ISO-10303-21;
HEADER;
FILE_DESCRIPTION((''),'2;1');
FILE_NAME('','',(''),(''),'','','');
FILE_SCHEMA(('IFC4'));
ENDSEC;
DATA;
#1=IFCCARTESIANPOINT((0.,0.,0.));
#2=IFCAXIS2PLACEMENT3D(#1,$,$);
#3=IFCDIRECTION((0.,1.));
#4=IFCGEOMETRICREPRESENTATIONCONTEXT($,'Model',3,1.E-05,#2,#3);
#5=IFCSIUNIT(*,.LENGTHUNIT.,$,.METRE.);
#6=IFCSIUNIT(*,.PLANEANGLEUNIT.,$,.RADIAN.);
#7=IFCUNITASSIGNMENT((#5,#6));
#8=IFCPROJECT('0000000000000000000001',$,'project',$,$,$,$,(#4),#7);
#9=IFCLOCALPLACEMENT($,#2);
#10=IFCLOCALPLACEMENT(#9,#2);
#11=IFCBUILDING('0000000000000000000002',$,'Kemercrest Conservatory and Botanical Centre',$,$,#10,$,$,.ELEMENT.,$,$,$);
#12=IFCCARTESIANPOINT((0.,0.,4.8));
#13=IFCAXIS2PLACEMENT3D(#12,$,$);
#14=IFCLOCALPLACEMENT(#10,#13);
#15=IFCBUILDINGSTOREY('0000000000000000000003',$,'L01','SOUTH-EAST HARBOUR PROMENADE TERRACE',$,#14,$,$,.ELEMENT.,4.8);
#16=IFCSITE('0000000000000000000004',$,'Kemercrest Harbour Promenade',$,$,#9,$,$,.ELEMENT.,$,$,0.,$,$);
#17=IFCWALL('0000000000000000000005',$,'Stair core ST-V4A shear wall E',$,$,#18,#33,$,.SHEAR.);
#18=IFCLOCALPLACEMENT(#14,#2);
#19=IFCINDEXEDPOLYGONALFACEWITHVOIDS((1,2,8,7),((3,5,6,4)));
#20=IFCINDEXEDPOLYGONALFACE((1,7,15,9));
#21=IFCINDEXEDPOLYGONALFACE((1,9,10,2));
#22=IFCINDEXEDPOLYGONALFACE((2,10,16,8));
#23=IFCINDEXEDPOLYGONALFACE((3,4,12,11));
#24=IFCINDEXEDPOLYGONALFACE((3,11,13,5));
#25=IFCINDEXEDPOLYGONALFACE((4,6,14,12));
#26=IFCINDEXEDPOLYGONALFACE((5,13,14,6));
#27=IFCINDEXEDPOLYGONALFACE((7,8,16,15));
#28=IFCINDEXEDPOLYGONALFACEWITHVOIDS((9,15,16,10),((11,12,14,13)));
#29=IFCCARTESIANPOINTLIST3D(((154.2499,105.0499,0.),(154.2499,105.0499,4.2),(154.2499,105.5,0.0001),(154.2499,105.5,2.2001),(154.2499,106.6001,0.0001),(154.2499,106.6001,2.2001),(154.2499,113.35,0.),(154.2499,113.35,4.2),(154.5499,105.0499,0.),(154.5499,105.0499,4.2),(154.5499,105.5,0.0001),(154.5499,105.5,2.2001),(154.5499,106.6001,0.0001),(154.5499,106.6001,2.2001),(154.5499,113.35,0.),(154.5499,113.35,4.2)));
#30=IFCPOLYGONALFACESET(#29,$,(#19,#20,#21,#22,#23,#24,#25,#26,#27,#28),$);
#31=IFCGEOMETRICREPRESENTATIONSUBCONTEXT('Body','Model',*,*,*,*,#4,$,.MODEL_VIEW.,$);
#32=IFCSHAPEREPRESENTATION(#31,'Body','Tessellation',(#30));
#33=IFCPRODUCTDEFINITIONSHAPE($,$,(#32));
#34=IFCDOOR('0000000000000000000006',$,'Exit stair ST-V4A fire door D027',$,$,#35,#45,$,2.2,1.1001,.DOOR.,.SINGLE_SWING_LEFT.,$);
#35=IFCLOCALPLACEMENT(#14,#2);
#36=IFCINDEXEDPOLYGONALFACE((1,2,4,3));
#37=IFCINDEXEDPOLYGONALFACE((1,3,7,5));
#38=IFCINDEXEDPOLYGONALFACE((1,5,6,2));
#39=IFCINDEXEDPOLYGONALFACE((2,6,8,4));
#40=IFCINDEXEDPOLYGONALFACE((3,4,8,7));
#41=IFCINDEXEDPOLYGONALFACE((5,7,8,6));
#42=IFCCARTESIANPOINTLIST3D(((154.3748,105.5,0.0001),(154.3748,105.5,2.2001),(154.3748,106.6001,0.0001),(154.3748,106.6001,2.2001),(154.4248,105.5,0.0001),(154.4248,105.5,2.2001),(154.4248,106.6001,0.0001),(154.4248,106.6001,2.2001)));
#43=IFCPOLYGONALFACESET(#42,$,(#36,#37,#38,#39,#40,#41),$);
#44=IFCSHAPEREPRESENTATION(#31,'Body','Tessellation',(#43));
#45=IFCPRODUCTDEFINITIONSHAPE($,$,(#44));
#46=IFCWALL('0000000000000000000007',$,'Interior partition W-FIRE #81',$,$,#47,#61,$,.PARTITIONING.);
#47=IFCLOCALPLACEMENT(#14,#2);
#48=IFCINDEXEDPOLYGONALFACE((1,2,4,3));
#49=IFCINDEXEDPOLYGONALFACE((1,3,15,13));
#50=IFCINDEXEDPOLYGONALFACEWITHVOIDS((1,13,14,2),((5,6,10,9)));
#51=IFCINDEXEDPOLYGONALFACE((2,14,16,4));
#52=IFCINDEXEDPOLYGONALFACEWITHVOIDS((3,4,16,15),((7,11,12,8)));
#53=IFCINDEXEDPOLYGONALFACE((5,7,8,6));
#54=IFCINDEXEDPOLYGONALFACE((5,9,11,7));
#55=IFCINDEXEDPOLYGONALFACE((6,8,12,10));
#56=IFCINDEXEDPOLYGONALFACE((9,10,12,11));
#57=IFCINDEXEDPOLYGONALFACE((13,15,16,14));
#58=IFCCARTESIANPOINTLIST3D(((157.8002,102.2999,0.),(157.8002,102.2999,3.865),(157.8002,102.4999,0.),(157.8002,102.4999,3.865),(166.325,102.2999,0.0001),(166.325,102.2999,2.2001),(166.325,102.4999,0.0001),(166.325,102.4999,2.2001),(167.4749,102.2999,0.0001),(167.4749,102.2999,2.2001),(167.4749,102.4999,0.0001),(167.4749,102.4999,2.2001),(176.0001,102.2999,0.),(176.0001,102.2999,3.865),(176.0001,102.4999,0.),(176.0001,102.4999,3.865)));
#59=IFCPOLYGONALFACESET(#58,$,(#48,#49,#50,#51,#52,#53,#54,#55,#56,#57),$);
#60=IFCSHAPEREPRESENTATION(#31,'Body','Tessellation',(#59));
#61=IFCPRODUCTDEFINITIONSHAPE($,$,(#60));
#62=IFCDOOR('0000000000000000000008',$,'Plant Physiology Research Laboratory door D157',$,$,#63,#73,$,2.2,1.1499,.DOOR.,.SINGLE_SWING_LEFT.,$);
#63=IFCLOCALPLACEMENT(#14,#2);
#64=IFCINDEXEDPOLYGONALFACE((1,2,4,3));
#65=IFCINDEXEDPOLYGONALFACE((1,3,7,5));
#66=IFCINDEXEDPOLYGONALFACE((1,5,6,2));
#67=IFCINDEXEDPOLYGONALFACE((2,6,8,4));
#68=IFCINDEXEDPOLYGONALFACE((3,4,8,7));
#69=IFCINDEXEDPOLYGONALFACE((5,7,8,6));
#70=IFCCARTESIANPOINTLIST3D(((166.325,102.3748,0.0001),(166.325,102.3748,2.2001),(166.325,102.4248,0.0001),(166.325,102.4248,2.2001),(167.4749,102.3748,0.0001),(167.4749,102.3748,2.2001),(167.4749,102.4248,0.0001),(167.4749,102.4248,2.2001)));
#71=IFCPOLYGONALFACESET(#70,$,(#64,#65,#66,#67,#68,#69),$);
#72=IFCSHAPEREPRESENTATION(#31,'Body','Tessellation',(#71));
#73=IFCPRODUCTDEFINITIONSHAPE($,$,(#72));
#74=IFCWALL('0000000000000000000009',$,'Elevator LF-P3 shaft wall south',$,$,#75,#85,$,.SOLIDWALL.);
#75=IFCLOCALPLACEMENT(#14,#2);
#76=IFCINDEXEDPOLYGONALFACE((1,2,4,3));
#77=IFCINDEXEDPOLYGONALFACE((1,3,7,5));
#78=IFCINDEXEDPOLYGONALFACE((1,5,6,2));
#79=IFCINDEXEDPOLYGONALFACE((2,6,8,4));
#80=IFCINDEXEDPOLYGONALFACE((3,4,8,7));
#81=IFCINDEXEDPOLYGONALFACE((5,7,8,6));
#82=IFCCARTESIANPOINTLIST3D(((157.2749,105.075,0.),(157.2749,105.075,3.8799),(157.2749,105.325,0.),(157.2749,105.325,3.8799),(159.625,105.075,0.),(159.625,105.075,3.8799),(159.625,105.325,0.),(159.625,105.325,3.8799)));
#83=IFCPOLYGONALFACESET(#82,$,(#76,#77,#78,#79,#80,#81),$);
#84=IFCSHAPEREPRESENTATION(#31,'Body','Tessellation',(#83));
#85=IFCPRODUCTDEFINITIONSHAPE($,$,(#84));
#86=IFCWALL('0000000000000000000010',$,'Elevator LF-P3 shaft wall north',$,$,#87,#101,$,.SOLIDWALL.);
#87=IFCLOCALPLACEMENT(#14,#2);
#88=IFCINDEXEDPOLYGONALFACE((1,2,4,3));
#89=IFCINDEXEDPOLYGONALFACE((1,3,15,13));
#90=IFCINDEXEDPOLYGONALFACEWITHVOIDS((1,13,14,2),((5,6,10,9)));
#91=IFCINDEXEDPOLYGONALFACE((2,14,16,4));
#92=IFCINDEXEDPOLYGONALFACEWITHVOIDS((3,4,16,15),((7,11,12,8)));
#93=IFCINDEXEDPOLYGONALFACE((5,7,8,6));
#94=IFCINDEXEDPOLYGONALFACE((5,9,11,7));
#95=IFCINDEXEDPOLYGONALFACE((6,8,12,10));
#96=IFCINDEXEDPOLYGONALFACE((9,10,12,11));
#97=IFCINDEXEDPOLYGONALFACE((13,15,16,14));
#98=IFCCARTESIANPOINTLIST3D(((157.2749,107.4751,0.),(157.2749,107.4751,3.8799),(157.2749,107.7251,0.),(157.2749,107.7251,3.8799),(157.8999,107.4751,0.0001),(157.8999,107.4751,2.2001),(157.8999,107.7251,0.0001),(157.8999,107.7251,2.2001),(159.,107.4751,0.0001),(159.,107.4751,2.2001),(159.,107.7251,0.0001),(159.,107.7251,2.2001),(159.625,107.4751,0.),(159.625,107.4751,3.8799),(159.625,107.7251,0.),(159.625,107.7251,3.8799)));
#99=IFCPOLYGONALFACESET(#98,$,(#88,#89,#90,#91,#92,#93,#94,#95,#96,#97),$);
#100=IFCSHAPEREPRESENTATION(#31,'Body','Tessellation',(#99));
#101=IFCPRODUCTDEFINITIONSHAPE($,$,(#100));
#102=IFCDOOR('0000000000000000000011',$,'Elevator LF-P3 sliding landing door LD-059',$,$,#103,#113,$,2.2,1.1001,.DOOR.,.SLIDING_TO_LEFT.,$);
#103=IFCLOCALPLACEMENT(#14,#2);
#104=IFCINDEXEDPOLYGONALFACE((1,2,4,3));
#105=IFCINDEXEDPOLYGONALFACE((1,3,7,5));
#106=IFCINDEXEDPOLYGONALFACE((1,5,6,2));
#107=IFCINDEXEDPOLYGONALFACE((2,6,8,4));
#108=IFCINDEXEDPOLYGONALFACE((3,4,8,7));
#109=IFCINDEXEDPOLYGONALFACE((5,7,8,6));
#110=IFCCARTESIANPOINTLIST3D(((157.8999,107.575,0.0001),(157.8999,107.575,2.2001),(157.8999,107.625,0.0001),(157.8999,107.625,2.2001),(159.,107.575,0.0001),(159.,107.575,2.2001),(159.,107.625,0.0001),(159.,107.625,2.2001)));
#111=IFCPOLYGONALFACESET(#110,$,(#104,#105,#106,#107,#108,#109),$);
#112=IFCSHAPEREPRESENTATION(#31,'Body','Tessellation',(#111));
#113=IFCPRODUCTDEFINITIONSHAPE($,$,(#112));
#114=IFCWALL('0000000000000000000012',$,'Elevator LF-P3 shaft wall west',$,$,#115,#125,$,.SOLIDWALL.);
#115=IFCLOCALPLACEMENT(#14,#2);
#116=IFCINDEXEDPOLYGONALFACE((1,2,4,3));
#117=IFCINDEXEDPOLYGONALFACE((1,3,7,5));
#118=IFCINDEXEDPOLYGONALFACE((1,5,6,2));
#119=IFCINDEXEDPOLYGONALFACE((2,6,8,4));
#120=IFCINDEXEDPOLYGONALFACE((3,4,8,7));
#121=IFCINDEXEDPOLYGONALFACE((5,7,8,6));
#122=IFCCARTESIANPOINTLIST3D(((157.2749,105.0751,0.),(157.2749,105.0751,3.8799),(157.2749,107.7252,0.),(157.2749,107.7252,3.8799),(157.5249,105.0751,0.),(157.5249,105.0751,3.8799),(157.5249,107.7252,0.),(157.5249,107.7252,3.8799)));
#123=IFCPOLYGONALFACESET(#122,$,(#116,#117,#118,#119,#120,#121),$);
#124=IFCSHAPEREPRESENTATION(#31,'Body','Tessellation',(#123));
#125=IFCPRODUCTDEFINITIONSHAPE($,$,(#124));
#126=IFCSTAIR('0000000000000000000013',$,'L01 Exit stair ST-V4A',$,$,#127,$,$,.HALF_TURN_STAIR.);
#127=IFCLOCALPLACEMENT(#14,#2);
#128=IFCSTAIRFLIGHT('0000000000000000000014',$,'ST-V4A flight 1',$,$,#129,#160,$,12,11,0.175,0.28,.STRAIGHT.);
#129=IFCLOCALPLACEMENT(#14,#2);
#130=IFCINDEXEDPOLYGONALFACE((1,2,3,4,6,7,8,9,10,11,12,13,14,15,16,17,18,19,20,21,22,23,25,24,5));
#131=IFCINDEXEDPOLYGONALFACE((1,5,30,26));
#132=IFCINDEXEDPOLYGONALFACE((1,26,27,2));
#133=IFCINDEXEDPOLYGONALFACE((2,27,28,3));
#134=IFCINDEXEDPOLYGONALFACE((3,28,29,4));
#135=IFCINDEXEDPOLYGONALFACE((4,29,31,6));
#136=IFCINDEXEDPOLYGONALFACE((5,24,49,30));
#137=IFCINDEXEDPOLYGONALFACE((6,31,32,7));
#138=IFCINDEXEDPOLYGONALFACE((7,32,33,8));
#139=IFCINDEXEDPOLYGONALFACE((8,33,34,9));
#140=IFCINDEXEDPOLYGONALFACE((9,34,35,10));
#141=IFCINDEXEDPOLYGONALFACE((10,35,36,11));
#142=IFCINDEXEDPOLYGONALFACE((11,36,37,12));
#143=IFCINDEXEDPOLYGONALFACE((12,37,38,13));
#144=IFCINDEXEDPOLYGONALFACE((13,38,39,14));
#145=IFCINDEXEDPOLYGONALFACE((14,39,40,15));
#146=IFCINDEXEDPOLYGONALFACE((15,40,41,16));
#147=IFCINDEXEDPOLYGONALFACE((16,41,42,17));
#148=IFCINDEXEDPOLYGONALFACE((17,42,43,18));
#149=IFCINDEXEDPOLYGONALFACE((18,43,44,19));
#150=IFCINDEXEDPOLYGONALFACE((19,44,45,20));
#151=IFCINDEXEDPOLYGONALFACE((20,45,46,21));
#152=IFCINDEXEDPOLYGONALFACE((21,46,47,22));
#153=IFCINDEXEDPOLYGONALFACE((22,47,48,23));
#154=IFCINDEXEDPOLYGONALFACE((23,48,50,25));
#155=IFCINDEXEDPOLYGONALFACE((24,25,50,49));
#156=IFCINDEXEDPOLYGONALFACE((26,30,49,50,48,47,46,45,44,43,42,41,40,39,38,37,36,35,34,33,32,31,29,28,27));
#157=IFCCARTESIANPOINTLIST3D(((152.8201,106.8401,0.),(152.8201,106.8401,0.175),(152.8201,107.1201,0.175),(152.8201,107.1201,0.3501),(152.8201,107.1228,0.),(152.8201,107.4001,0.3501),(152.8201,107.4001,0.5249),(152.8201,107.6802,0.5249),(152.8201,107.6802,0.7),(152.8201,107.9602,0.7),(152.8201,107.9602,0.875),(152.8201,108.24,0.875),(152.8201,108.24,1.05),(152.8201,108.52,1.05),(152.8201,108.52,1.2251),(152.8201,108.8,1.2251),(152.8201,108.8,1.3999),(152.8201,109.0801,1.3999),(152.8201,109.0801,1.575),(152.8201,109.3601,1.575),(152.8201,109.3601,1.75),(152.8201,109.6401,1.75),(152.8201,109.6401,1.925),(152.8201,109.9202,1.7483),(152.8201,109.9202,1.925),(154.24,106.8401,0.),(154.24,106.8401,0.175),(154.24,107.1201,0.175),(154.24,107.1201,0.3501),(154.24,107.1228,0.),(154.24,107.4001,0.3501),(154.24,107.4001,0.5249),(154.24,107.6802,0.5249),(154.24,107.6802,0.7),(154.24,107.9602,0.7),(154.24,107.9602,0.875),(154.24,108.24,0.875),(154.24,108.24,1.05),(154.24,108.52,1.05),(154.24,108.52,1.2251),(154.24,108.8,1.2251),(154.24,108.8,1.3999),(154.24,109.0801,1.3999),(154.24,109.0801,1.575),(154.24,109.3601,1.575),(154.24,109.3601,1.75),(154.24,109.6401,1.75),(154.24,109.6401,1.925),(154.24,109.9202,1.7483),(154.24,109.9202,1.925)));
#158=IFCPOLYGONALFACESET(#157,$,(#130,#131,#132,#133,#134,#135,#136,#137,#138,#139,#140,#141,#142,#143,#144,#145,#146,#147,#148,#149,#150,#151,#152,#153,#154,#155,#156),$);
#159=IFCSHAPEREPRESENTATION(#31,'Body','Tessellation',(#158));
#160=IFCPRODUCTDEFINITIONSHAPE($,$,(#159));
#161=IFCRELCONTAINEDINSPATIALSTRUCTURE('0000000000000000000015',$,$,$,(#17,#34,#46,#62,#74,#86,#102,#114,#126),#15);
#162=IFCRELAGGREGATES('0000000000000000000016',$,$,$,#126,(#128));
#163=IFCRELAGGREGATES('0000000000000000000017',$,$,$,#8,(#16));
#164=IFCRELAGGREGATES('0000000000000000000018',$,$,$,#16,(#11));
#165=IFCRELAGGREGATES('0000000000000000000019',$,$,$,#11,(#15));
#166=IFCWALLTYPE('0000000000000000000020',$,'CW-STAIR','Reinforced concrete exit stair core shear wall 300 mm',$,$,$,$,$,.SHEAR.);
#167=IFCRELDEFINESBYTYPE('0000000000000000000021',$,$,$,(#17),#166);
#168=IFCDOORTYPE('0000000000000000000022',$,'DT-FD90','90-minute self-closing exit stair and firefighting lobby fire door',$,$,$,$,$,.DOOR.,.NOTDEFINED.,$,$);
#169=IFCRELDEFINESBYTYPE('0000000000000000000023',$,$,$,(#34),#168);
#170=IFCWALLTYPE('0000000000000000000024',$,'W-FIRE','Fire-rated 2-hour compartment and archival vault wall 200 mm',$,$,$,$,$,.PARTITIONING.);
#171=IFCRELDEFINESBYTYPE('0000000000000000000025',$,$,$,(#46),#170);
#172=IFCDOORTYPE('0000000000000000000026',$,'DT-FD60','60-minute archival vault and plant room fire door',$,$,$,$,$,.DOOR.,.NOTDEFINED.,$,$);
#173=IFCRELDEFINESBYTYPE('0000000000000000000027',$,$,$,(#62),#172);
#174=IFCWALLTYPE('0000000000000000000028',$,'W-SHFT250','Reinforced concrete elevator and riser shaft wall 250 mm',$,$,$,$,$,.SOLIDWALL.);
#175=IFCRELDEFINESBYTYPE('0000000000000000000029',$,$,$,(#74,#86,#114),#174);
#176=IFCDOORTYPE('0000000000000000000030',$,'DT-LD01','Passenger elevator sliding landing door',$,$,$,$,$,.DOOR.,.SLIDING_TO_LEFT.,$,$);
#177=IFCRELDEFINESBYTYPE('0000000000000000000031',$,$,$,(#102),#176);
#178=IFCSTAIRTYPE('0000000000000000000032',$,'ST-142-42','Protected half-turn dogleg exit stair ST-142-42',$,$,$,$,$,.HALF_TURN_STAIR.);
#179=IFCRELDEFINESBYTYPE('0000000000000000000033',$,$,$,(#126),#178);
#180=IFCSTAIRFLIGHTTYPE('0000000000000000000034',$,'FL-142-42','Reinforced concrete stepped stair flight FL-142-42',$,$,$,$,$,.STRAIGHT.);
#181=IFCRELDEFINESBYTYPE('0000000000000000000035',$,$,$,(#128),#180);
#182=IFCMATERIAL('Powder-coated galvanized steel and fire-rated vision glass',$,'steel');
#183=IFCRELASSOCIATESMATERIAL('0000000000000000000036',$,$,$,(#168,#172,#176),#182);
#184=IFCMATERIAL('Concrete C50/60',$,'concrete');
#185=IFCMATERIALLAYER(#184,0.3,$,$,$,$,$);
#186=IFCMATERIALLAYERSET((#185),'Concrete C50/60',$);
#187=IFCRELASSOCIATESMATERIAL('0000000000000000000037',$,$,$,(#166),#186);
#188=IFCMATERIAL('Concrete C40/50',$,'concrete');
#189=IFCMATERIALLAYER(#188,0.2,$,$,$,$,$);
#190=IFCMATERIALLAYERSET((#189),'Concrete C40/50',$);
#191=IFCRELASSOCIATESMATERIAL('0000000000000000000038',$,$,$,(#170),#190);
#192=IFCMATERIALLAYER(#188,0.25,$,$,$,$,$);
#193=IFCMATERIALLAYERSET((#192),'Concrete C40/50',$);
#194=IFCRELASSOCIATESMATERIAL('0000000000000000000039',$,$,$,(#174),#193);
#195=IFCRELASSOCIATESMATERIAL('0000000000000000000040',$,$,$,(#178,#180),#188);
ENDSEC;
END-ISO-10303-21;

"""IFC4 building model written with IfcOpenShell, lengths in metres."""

from ifc_helpers import new_model, si_unit, direction, frame, frame_2d, origin, place, context, subcontext, project, spatial, polyline, rectangle, outline, extrude, material, layer, layer_set, type_object, element, fill, aggregate, save


model = new_model("IFC4")

# Units and contexts
model_context = context("Model", 3, precision=1e-05, world=origin(), true_north=direction((0.0, 1.0)))
body_context = subcontext(model_context, "Body", "Model", "MODEL_VIEW")
ifc_project = project(units=[si_unit("LENGTHUNIT", "METRE"), si_unit("PLANEANGLEUNIT", "RADIAN")], contexts=[model_context])

# Site, building, storey
site_placement = place(None, origin())
site = spatial("IfcSite", under=ifc_project, at=site_placement, Name="Kemercrest Harbour Promenade", CompositionType="ELEMENT", RefElevation=0.0)
building_placement = place(site_placement, origin())
building = spatial("IfcBuilding", under=site, at=building_placement, Name="Kemercrest Conservatory and Botanical Centre", CompositionType="ELEMENT")
storey_placement = place(building_placement, frame((0.0, 0.0, 4.8)))
storey = spatial("IfcBuildingStorey", under=building, at=storey_placement, Name="L01", Description="SOUTH-EAST HARBOUR PROMENADE TERRACE", CompositionType="ELEMENT", Elevation=4.8)

# Shared definitions
ifc_material_1 = material(Name="Concrete C50/60", Category="concrete")

# Shared definitions
ifc_material_2 = material(Name="Concrete C40/50", Category="concrete")

# Shared definitions
ifc_material_3 = material(Name="Powder-coated galvanized steel and fire-rated vision glass", Category="steel")
door_type_1 = type_object("IfcDoorType", Name="DT-FD90", Description="90-minute self-closing exit stair and firefighting lobby fire door", OperationType="NOTDEFINED", PredefinedType="DOOR", material=ifc_material_3)

# Shared definitions
ifc_layer_1 = layer(ifc_material_1, 0.3)
ifc_layer_set_1 = layer_set([ifc_layer_1], Name="Concrete C50/60")
wall_type_1 = type_object("IfcWallType", Name="CW-STAIR", Description="Reinforced concrete exit stair core shear wall 300 mm", PredefinedType="SHEAR", material=ifc_layer_set_1)

# Walls, openings, doors
wall_1_placement = place(storey_placement, frame((154.3999, 105.05, 0.0), z_axis=(0.0, 0.0, 1.0), x_axis=(0.0, 1.0, 0.0)))
wall_1 = element("IfcWall", 1, at=wall_1_placement, inside=storey, type_object=wall_type_1, Name="Stair core ST-V4A shear wall E", PredefinedType="SHEAR", context=body_context, shape_type="SweptSolid", body=[
    extrude(rectangle(XDim=8.3, YDim=0.3, at=frame_2d((4.1499, 0.0))), origin(), (0.0, 0.0, 1.0), 4.2),
])
opening_1_placement = place(wall_1_placement, frame((0.45, 0.0, 0.0)))
opening_1 = element("IfcOpeningElement", 2, at=opening_1_placement, cuts=wall_1, PredefinedType="OPENING", context=body_context, shape_type="SweptSolid", body=[
    extrude(rectangle(XDim=1.1001, YDim=2.2, at=frame_2d((0.55, 1.1001))), frame((0.0, 0.1602, 0.0), z_axis=(0.0, -1.0, 0.0), x_axis=(1.0, 0.0, 0.0)), (0.0, 0.0, 1.0), 0.3201),
])
door_1_placement = place(opening_1_placement, frame((1.1001, 0.0, 0.0), z_axis=(0.0, 0.0, 1.0), x_axis=(-1.0, 0.0, 0.0)))
door_1 = element("IfcDoor", 3, at=door_1_placement, inside=storey, type_object=door_type_1, Name="Exit stair ST-V4A fire door D027", OperationType="SINGLE_SWING_LEFT", OverallHeight=2.2, OverallWidth=1.1001, PredefinedType="DOOR", context=body_context, shape_type="SweptSolid", body=[
    extrude(rectangle(XDim=1.1001, YDim=2.2, at=frame_2d((0.55, 1.1001))), frame((0.0, 0.0249, 0.0), z_axis=(0.0, -1.0, 0.0), x_axis=(1.0, 0.0, 0.0)), (0.0, 0.0, 1.0), 0.05),
])
fill(opening_1, door_1)
ifc_layer_2 = layer(ifc_material_2, 0.2)
ifc_layer_set_2 = layer_set([ifc_layer_2], Name="Concrete C40/50")
wall_type_2 = type_object("IfcWallType", Name="W-FIRE", Description="Fire-rated 2-hour compartment and archival vault wall 200 mm", PredefinedType="PARTITIONING", material=ifc_layer_set_2)
wall_2_placement = place(storey_placement, frame((157.8, 102.3999, 0.0), z_axis=(0.0, 0.0, 1.0), x_axis=(1.0, 0.0, 0.0)))
wall_2 = element("IfcWall", 4, at=wall_2_placement, inside=storey, type_object=wall_type_2, Name="Interior partition W-FIRE #81", PredefinedType="PARTITIONING", context=body_context, shape_type="SweptSolid", body=[
    extrude(rectangle(XDim=18.2, YDim=0.2, at=frame_2d((9.1001, 0.0))), origin(), (0.0, 0.0, 1.0), 3.865),
])
opening_2_placement = place(wall_2_placement, frame((8.5249, 0.0, 0.0)))
opening_2 = element("IfcOpeningElement", 5, at=opening_2_placement, cuts=wall_2, PredefinedType="OPENING", context=body_context, shape_type="SweptSolid", body=[
    extrude(rectangle(XDim=1.1499, YDim=2.2, at=frame_2d((0.575, 1.1001))), frame((0.0, 0.1099, 0.0), z_axis=(0.0, -1.0, 0.0), x_axis=(1.0, 0.0, 0.0)), (0.0, 0.0, 1.0), 0.22),
])
door_type_2 = type_object("IfcDoorType", Name="DT-FD60", Description="60-minute archival vault and plant room fire door", OperationType="NOTDEFINED", PredefinedType="DOOR", material=ifc_material_3)
door_2_placement = place(opening_2_placement, origin())
door_2 = element("IfcDoor", 6, at=door_2_placement, inside=storey, type_object=door_type_2, Name="Plant Physiology Research Laboratory door D157", OperationType="SINGLE_SWING_LEFT", OverallHeight=2.2, OverallWidth=1.1499, PredefinedType="DOOR", context=body_context, shape_type="SweptSolid", body=[
    extrude(rectangle(XDim=1.1499, YDim=2.2, at=frame_2d((0.575, 1.1001))), frame((0.0, 0.0249, 0.0), z_axis=(0.0, -1.0, 0.0), x_axis=(1.0, 0.0, 0.0)), (0.0, 0.0, 1.0), 0.05),
])
fill(opening_2, door_2)

# Wall
ifc_layer_3 = layer(ifc_material_2, 0.25)
ifc_layer_set_3 = layer_set([ifc_layer_3], Name="Concrete C40/50")
wall_type_3 = type_object("IfcWallType", Name="W-SHFT250", Description="Reinforced concrete elevator and riser shaft wall 250 mm", PredefinedType="SOLIDWALL", material=ifc_layer_set_3)
wall_3_placement = place(storey_placement, frame((157.2749, 105.2, 0.0), z_axis=(0.0, 0.0, 1.0), x_axis=(1.0, 0.0, 0.0)))
element("IfcWall", 7, at=wall_3_placement, inside=storey, type_object=wall_type_3, Name="Elevator LF-P3 shaft wall south", PredefinedType="SOLIDWALL", context=body_context, shape_type="SweptSolid", body=[
    extrude(rectangle(XDim=2.3501, YDim=0.25, at=frame_2d((1.175, 0.0))), origin(), (0.0, 0.0, 1.0), 3.8799),
])

# Wall, opening, door
wall_4_placement = place(storey_placement, frame((157.2749, 107.6001, 0.0), z_axis=(0.0, 0.0, 1.0), x_axis=(1.0, 0.0, 0.0)))
wall_4 = element("IfcWall", 8, at=wall_4_placement, inside=storey, type_object=wall_type_3, Name="Elevator LF-P3 shaft wall north", PredefinedType="SOLIDWALL", context=body_context, shape_type="SweptSolid", body=[
    extrude(rectangle(XDim=2.3501, YDim=0.25, at=frame_2d((1.175, 0.0))), origin(), (0.0, 0.0, 1.0), 3.8799),
])
opening_3_placement = place(wall_4_placement, frame((0.625, 0.0, 0.0)))
opening_3 = element("IfcOpeningElement", 9, at=opening_3_placement, cuts=wall_4, PredefinedType="OPENING", context=body_context, shape_type="SweptSolid", body=[
    extrude(rectangle(XDim=1.1001, YDim=2.2, at=frame_2d((0.55, 1.1001))), frame((0.0, 0.135, 0.0), z_axis=(0.0, -1.0, 0.0), x_axis=(1.0, 0.0, 0.0)), (0.0, 0.0, 1.0), 0.27),
])
door_type_3 = type_object("IfcDoorType", Name="DT-LD01", Description="Passenger elevator sliding landing door", OperationType="SLIDING_TO_LEFT", PredefinedType="DOOR", material=ifc_material_3)
door_3_placement = place(opening_3_placement, origin())
door_3 = element("IfcDoor", 10, at=door_3_placement, inside=storey, type_object=door_type_3, Name="Elevator LF-P3 sliding landing door LD-059", OperationType="SLIDING_TO_LEFT", OverallHeight=2.2, OverallWidth=1.1001, PredefinedType="DOOR", context=body_context, shape_type="SweptSolid", body=[
    extrude(rectangle(XDim=1.1001, YDim=2.2, at=frame_2d((0.55, 1.1001))), frame((0.0, 0.0249, 0.0), z_axis=(0.0, -1.0, 0.0), x_axis=(1.0, 0.0, 0.0)), (0.0, 0.0, 1.0), 0.05),
])
fill(opening_3, door_3)

# Wall
wall_5_placement = place(storey_placement, frame((157.3999, 105.075, 0.0), z_axis=(0.0, 0.0, 1.0), x_axis=(0.0, 1.0, 0.0)))
element("IfcWall", 11, at=wall_5_placement, inside=storey, type_object=wall_type_3, Name="Elevator LF-P3 shaft wall west", PredefinedType="SOLIDWALL", context=body_context, shape_type="SweptSolid", body=[
    extrude(rectangle(XDim=2.6501, YDim=0.25, at=frame_2d((1.3252, 0.0))), origin(), (0.0, 0.0, 1.0), 3.8799),
])

# Stair, stair flight
stair_type = type_object("IfcStairType", Name="ST-142-42", Description="Protected half-turn dogleg exit stair ST-142-42", PredefinedType="HALF_TURN_STAIR", material=ifc_material_2)
stair_placement = place(storey_placement, origin())
stair = element("IfcStair", 12, at=stair_placement, inside=storey, type_object=stair_type, Name="L01 Exit stair ST-V4A", PredefinedType="HALF_TURN_STAIR")
stair_flight_type = type_object("IfcStairFlightType", Name="FL-142-42", Description="Reinforced concrete stepped stair flight FL-142-42", PredefinedType="STRAIGHT", material=ifc_material_2)
stair_flight_placement = place(storey_placement, frame((153.53, 106.8401, 0.0), z_axis=(0.0, 0.0, 1.0), x_axis=(0.0, 1.0, 0.0)))
stair_flight = element("IfcStairFlight", 13, at=stair_flight_placement, type_object=stair_flight_type, Name="ST-V4A flight 1", NumberOfRisers=12, NumberOfTreads=11, PredefinedType="STRAIGHT", RiserHeight=0.175, TreadLength=0.28, context=body_context, shape_type="SweptSolid", body=[
    extrude(outline(polyline([(0.0, 0.0), (0.0, 0.175), (0.28, 0.175), (0.28, 0.3501), (0.5601, 0.3501), (0.5601, 0.5249), (0.8401, 0.5249), (0.8401, 0.7), (1.1201, 0.7), (1.1201, 0.875), (1.3999, 0.875), (1.3999, 1.05), (1.6799, 1.05), (1.6799, 1.2251), (1.96, 1.2251), (1.96, 1.3999), (2.24, 1.3999), (2.24, 1.575), (2.52, 1.575), (2.52, 1.75), (2.8, 1.75), (2.8, 1.925), (3.0801, 1.925), (3.0801, 2.1001), (3.0801, 1.7483), (0.2827, 0.0), (0.0, 0.0)])), frame((0.0, 0.71, 0.0), z_axis=(0.0, -1.0, 0.0), x_axis=(1.0, 0.0, 0.0)), (0.0, 0.0, 1.0), 1.4199),
])
aggregate(stair, [stair_flight])

save(model, "model.ifc")
